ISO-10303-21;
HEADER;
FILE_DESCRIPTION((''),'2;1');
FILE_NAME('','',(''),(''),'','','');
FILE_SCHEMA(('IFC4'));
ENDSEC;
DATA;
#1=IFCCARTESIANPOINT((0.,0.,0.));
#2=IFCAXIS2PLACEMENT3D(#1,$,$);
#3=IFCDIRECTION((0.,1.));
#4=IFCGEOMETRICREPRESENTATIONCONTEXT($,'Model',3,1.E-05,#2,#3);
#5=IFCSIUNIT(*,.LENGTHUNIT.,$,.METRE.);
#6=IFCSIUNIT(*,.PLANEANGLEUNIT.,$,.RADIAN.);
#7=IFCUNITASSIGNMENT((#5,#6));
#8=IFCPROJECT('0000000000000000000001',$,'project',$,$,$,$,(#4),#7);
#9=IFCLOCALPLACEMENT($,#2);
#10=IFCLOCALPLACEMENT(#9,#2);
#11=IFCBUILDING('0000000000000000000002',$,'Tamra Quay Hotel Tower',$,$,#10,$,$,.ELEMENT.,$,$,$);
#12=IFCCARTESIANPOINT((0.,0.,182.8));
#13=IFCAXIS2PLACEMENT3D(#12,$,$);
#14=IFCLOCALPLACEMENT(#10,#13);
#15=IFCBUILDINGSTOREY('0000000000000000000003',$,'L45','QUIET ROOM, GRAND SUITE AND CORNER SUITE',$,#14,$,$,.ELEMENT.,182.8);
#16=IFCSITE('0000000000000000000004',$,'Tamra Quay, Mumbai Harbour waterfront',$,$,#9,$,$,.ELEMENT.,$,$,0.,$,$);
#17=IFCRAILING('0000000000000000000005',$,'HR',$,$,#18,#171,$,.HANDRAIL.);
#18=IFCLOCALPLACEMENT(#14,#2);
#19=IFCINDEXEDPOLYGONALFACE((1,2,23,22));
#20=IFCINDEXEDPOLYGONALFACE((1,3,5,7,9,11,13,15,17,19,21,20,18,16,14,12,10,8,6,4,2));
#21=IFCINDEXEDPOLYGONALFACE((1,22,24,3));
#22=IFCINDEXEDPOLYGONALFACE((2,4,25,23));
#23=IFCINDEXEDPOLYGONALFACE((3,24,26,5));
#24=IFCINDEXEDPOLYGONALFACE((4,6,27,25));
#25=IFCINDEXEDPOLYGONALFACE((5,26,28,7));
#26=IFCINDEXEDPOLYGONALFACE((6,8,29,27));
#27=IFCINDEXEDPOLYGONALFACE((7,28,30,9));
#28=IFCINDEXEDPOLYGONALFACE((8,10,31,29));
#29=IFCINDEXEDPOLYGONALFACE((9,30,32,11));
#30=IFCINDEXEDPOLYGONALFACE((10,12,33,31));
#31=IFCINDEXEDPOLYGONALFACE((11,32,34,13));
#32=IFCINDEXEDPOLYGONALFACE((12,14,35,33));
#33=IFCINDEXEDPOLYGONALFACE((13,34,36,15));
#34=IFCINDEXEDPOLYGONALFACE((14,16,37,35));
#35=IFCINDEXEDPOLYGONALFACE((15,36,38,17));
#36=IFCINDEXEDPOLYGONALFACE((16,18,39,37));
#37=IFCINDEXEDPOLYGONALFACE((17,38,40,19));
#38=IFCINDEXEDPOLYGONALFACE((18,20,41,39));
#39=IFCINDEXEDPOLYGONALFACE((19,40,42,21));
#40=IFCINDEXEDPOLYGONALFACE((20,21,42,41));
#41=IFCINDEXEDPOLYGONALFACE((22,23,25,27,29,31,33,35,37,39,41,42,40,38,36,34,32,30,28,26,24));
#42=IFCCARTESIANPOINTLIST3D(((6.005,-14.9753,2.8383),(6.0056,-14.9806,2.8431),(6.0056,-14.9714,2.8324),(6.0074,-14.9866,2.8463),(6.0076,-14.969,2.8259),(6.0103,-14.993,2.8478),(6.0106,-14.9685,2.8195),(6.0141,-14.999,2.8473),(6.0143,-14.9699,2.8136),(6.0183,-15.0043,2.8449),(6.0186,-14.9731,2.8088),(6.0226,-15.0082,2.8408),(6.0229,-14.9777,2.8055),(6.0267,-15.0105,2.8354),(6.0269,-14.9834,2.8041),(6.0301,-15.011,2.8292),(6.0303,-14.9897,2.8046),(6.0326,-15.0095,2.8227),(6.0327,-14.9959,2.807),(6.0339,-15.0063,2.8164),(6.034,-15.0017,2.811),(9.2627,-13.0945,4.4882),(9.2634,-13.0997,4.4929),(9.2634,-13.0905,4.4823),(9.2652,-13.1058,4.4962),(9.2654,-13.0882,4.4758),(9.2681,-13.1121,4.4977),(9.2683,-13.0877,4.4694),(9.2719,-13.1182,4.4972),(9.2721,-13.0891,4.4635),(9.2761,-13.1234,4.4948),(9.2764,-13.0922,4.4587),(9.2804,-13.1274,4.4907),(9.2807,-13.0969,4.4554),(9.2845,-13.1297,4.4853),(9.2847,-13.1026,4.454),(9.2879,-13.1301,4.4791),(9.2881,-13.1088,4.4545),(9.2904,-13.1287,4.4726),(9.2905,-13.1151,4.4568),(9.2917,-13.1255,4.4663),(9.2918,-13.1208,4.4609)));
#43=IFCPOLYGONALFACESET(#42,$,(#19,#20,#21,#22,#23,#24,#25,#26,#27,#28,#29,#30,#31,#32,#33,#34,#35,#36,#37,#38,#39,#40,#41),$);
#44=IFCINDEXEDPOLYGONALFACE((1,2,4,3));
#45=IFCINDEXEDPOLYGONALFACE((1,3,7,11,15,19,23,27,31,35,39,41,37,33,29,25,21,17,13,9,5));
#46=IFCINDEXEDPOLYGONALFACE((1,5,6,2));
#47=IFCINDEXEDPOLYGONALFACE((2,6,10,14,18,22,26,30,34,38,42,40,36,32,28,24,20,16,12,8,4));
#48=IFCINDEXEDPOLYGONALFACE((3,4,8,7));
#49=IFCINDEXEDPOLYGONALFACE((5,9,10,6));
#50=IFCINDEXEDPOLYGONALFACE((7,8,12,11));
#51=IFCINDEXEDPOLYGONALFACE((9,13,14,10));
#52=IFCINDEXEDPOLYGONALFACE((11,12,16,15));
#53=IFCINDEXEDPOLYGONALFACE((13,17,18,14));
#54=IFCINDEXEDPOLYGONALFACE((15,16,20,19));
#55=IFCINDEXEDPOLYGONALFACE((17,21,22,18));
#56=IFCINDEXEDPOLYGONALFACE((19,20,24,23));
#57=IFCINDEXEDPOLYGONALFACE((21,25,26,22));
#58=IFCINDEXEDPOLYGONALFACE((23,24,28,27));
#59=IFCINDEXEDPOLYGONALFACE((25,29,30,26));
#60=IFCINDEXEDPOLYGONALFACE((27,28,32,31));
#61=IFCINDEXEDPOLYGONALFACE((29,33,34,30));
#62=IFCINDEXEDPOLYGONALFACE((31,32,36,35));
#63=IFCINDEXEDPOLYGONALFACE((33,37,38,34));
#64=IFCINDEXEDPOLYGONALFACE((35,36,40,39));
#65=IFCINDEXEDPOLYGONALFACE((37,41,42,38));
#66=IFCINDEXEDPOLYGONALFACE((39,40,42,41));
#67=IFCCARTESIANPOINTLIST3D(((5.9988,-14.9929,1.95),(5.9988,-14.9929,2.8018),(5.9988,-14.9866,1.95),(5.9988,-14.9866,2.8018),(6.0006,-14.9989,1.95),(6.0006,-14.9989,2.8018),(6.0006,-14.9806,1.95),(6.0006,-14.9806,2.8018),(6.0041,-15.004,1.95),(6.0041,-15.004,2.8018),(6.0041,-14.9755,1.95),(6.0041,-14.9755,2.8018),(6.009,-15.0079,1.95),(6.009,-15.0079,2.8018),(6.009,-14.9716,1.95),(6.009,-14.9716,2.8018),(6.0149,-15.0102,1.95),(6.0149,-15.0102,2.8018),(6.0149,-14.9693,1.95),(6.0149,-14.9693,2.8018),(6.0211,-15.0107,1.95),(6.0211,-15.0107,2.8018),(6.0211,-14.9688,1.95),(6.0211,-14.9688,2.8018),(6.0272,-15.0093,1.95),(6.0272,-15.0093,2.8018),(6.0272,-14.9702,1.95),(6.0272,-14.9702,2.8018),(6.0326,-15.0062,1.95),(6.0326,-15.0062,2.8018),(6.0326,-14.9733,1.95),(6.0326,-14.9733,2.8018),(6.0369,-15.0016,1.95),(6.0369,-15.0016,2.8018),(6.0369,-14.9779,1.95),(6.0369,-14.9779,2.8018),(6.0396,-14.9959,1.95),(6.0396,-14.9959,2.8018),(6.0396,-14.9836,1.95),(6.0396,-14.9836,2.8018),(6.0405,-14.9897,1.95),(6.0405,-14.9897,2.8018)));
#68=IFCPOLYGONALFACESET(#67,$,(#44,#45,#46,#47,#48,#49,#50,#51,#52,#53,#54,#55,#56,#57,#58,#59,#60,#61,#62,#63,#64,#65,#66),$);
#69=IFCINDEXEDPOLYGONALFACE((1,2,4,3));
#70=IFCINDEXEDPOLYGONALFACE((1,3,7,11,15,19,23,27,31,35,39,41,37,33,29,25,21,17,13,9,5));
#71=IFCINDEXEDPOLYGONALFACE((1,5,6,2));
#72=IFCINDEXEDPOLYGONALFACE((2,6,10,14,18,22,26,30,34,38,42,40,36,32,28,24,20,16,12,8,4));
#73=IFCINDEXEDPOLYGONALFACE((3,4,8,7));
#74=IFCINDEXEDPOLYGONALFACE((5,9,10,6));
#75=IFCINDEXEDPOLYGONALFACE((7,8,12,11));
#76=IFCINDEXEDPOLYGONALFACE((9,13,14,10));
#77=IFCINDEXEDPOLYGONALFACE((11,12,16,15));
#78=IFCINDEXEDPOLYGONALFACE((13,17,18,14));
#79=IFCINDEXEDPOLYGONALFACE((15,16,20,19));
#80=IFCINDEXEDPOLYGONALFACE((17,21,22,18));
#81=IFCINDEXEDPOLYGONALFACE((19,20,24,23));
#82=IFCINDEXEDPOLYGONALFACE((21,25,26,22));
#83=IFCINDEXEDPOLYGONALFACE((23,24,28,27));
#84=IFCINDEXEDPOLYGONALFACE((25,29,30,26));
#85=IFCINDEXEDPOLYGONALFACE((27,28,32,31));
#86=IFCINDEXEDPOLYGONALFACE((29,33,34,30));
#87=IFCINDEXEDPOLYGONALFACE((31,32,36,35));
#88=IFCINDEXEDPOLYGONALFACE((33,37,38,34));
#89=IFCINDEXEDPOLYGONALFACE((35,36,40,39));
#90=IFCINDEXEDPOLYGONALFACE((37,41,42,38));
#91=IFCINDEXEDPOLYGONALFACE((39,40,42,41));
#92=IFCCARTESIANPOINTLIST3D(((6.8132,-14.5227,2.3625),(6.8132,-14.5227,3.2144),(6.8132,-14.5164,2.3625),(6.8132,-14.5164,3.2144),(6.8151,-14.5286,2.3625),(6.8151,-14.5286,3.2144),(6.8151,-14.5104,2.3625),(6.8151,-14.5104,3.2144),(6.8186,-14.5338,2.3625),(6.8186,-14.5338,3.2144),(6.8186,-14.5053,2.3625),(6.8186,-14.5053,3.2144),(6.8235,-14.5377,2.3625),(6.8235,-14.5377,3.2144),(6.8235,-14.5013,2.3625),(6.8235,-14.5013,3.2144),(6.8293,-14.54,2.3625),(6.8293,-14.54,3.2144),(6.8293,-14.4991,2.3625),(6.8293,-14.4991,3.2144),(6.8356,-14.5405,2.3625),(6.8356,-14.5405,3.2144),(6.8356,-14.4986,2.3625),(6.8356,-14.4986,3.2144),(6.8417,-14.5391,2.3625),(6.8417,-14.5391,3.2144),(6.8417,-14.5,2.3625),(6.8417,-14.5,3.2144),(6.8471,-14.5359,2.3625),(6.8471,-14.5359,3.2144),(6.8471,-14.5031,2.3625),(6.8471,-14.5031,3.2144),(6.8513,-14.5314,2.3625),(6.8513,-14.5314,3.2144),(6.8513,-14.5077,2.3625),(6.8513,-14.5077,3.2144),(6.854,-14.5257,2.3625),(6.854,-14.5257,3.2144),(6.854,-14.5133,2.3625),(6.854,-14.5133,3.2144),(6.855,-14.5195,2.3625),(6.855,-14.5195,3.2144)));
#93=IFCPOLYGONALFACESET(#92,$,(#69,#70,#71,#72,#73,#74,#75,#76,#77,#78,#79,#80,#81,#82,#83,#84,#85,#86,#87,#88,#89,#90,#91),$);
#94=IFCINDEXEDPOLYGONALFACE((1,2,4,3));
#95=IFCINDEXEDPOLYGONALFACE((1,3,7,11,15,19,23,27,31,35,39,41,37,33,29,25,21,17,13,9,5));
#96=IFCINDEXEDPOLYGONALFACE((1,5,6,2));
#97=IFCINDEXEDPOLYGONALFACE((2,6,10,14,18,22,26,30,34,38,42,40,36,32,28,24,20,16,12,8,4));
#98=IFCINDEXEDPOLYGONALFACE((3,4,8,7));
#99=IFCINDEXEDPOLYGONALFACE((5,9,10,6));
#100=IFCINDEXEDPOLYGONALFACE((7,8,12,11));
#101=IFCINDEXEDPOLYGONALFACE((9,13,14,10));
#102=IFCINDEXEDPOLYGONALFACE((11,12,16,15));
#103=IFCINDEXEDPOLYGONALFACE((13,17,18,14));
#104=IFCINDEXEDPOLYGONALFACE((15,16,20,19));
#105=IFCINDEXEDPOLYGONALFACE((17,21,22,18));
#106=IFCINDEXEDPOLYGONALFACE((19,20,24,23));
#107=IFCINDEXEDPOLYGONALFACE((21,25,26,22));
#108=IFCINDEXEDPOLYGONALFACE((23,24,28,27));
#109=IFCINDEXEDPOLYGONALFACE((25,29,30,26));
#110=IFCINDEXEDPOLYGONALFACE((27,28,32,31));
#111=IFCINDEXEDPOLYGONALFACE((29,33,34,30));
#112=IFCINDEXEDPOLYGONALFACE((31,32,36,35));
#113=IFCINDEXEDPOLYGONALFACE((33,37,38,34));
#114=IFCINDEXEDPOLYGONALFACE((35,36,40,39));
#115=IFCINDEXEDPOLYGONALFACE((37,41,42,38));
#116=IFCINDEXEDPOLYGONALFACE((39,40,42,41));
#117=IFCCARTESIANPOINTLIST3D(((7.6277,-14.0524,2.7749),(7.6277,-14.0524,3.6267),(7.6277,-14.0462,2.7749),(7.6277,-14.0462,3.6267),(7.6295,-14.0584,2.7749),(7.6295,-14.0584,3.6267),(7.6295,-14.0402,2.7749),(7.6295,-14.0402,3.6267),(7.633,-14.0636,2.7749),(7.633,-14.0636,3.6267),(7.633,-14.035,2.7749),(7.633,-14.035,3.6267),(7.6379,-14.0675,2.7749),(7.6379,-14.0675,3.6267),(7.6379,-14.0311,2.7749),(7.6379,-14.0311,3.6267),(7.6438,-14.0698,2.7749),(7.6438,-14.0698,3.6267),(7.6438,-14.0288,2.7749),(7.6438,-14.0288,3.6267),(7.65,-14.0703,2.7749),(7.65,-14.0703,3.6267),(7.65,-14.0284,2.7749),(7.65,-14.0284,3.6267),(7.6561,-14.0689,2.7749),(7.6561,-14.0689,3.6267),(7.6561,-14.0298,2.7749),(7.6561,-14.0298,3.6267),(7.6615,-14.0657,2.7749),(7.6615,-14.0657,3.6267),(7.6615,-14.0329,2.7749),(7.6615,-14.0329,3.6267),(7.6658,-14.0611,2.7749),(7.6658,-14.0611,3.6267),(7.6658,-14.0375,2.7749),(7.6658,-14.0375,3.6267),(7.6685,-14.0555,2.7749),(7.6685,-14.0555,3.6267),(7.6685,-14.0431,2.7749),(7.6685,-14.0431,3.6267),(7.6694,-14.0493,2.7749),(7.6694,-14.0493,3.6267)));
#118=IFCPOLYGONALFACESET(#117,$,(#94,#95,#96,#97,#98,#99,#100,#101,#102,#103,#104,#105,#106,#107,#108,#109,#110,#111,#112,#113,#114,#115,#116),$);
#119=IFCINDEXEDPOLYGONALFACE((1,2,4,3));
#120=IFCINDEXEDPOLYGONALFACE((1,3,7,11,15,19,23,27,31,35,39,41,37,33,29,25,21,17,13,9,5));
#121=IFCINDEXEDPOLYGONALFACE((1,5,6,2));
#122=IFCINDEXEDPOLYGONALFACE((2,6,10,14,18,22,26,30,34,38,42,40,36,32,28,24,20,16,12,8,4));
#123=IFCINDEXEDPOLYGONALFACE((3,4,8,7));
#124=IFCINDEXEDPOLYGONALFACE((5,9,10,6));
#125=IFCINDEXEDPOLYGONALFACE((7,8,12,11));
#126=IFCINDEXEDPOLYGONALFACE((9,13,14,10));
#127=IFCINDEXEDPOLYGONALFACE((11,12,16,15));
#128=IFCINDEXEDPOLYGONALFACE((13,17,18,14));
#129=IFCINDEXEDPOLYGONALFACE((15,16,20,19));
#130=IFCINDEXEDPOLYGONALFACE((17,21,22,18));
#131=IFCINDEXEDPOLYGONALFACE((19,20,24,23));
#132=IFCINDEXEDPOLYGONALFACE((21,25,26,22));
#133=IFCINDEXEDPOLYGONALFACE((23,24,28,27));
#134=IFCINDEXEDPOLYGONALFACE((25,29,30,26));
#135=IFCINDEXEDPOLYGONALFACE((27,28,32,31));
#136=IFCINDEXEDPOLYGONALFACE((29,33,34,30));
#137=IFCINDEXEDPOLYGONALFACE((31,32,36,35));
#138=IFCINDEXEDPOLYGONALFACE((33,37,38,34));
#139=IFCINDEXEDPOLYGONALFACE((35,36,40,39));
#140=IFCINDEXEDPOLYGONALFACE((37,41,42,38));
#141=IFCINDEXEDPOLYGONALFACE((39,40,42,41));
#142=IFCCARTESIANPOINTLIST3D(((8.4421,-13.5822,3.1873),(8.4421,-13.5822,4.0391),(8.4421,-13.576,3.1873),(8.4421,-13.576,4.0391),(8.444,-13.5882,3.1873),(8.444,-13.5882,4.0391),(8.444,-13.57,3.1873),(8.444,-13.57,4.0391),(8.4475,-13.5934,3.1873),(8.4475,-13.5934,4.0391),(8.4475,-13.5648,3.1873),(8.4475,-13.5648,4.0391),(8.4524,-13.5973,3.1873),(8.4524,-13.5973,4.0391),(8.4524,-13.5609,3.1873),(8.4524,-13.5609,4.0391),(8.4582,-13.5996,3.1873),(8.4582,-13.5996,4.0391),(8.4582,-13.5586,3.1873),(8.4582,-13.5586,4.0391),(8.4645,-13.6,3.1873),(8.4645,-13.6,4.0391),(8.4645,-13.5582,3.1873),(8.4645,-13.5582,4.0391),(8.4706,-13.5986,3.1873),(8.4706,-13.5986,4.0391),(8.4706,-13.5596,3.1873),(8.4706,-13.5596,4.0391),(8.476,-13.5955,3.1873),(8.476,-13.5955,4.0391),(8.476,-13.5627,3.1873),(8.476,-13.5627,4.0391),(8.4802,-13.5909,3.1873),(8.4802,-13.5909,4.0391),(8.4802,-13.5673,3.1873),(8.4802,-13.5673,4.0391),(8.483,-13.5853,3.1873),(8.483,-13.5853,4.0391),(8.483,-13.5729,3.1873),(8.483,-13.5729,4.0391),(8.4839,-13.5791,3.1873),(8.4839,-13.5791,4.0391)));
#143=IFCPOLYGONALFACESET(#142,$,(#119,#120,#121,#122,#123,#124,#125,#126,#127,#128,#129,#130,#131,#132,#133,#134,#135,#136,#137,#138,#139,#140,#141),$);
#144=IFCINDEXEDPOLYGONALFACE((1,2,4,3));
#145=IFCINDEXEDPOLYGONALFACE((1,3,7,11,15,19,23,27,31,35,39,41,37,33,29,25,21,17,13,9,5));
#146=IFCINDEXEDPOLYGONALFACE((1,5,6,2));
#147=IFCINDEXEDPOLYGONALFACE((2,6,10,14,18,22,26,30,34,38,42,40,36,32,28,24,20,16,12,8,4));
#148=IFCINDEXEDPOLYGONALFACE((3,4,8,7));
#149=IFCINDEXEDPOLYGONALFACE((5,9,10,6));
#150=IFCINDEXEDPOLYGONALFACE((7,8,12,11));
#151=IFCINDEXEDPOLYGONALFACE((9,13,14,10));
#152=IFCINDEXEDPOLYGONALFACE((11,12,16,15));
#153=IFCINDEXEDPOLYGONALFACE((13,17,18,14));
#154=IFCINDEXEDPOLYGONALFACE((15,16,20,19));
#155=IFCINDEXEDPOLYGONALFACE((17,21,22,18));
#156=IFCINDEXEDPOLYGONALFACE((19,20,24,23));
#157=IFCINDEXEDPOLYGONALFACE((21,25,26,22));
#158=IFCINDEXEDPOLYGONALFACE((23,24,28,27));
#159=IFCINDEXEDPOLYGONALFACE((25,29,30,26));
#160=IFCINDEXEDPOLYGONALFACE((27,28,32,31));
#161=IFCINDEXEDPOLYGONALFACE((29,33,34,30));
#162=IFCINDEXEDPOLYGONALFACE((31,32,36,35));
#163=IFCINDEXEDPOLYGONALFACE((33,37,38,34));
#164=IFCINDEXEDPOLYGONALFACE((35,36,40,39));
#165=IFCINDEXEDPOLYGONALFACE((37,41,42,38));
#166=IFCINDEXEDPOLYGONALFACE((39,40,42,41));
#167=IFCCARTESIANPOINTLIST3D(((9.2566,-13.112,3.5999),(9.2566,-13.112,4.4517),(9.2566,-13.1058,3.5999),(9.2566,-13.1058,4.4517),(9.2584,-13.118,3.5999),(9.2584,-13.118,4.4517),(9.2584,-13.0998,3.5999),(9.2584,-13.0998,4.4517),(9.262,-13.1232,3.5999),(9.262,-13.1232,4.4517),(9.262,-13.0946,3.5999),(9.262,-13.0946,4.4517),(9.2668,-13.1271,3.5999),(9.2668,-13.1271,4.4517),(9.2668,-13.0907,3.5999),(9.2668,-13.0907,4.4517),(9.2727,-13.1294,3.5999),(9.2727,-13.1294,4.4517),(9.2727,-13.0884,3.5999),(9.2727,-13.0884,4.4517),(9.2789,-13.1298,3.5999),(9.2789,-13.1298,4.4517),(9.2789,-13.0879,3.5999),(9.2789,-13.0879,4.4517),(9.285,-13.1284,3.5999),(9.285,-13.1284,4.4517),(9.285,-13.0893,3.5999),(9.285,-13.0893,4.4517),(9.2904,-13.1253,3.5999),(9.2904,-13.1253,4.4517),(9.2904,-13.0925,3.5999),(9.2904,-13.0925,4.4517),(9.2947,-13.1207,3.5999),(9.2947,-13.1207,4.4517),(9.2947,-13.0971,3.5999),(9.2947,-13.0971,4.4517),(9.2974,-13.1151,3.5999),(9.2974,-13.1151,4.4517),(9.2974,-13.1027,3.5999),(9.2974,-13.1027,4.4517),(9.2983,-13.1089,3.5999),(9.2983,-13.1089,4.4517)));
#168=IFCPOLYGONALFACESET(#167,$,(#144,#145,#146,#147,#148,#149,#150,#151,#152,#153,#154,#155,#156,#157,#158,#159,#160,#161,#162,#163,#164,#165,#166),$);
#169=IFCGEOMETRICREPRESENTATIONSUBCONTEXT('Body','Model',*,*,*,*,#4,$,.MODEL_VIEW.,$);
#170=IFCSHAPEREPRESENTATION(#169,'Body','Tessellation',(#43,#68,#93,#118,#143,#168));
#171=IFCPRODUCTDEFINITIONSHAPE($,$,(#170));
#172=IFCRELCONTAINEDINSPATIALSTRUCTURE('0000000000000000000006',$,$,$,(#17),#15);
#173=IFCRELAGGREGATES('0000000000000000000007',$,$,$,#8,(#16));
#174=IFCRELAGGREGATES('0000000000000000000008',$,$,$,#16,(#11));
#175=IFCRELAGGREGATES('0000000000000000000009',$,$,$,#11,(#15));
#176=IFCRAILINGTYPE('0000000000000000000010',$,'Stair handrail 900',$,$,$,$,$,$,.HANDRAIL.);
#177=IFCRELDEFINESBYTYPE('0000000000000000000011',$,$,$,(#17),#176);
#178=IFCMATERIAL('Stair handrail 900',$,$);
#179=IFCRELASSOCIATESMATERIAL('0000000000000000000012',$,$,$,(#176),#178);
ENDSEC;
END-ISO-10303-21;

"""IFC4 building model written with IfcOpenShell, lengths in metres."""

from ifc_helpers import new_model, si_unit, direction, frame, origin, origin_2d, place, context, subcontext, project, spatial, circle, extrude, material, type_object, element, save


model = new_model("IFC4")

# Units and contexts
model_context = context("Model", 3, precision=1e-05, world=origin(), true_north=direction((0.0, 1.0)))
body_context = subcontext(model_context, "Body", "Model", "MODEL_VIEW")
ifc_project = project(units=[si_unit("LENGTHUNIT", "METRE"), si_unit("PLANEANGLEUNIT", "RADIAN")], contexts=[model_context])

# Site, building, storey
site_placement = place(None, origin())
site = spatial("IfcSite", under=ifc_project, at=site_placement, Name="Tamra Quay, Mumbai Harbour waterfront", CompositionType="ELEMENT", RefElevation=0.0)
building_placement = place(site_placement, origin())
building = spatial("IfcBuilding", under=site, at=building_placement, Name="Tamra Quay Hotel Tower", CompositionType="ELEMENT")
storey_placement = place(building_placement, frame((0.0, 0.0, 182.8)))
storey = spatial("IfcBuildingStorey", under=building, at=storey_placement, Name="L45", Description="QUIET ROOM, GRAND SUITE AND CORNER SUITE", CompositionType="ELEMENT", Elevation=182.8)

# Railing
ifc_material_1 = material(Name="Stair handrail 900")
railing_type_1 = type_object("IfcRailingType", Name="Stair handrail 900", PredefinedType="HANDRAIL", material=ifc_material_1)
railing_1_placement = place(storey_placement, frame((6.0195, -14.9897, 1.95)))
element("IfcRailing", 1, at=railing_1_placement, inside=storey, type_object=railing_type_1, Name="HR", PredefinedType="HANDRAIL", context=body_context, shape_type="SweptSolid", body=[
    extrude(circle(Radius=0.0239, at=origin_2d()), frame((0.0, 0.0, 0.876), z_axis=(0.7931, 0.457887, 0.401661), x_axis=(-0.499992, 0.86603, 0.0)), (0.0, 0.0, 1.0), 4.1077),
    extrude(circle(Radius=0.021, at=origin_2d()), origin(), (0.0, 0.0, 1.0), 0.8518),
    extrude(circle(Radius=0.021, at=origin_2d()), frame((0.8145, 0.4702, 0.4126)), (0.0, 0.0, 1.0), 0.8518),
    extrude(circle(Radius=0.021, at=origin_2d()), frame((1.6289, 0.9404, 0.825)), (0.0, 0.0, 1.0), 0.8518),
    extrude(circle(Radius=0.021, at=origin_2d()), frame((2.4434, 1.4106, 1.2373)), (0.0, 0.0, 1.0), 0.8518),
    extrude(circle(Radius=0.021, at=origin_2d()), frame((3.2578, 1.8809, 1.6499)), (0.0, 0.0, 1.0), 0.8518),
])

save(model, "model.ifc")
